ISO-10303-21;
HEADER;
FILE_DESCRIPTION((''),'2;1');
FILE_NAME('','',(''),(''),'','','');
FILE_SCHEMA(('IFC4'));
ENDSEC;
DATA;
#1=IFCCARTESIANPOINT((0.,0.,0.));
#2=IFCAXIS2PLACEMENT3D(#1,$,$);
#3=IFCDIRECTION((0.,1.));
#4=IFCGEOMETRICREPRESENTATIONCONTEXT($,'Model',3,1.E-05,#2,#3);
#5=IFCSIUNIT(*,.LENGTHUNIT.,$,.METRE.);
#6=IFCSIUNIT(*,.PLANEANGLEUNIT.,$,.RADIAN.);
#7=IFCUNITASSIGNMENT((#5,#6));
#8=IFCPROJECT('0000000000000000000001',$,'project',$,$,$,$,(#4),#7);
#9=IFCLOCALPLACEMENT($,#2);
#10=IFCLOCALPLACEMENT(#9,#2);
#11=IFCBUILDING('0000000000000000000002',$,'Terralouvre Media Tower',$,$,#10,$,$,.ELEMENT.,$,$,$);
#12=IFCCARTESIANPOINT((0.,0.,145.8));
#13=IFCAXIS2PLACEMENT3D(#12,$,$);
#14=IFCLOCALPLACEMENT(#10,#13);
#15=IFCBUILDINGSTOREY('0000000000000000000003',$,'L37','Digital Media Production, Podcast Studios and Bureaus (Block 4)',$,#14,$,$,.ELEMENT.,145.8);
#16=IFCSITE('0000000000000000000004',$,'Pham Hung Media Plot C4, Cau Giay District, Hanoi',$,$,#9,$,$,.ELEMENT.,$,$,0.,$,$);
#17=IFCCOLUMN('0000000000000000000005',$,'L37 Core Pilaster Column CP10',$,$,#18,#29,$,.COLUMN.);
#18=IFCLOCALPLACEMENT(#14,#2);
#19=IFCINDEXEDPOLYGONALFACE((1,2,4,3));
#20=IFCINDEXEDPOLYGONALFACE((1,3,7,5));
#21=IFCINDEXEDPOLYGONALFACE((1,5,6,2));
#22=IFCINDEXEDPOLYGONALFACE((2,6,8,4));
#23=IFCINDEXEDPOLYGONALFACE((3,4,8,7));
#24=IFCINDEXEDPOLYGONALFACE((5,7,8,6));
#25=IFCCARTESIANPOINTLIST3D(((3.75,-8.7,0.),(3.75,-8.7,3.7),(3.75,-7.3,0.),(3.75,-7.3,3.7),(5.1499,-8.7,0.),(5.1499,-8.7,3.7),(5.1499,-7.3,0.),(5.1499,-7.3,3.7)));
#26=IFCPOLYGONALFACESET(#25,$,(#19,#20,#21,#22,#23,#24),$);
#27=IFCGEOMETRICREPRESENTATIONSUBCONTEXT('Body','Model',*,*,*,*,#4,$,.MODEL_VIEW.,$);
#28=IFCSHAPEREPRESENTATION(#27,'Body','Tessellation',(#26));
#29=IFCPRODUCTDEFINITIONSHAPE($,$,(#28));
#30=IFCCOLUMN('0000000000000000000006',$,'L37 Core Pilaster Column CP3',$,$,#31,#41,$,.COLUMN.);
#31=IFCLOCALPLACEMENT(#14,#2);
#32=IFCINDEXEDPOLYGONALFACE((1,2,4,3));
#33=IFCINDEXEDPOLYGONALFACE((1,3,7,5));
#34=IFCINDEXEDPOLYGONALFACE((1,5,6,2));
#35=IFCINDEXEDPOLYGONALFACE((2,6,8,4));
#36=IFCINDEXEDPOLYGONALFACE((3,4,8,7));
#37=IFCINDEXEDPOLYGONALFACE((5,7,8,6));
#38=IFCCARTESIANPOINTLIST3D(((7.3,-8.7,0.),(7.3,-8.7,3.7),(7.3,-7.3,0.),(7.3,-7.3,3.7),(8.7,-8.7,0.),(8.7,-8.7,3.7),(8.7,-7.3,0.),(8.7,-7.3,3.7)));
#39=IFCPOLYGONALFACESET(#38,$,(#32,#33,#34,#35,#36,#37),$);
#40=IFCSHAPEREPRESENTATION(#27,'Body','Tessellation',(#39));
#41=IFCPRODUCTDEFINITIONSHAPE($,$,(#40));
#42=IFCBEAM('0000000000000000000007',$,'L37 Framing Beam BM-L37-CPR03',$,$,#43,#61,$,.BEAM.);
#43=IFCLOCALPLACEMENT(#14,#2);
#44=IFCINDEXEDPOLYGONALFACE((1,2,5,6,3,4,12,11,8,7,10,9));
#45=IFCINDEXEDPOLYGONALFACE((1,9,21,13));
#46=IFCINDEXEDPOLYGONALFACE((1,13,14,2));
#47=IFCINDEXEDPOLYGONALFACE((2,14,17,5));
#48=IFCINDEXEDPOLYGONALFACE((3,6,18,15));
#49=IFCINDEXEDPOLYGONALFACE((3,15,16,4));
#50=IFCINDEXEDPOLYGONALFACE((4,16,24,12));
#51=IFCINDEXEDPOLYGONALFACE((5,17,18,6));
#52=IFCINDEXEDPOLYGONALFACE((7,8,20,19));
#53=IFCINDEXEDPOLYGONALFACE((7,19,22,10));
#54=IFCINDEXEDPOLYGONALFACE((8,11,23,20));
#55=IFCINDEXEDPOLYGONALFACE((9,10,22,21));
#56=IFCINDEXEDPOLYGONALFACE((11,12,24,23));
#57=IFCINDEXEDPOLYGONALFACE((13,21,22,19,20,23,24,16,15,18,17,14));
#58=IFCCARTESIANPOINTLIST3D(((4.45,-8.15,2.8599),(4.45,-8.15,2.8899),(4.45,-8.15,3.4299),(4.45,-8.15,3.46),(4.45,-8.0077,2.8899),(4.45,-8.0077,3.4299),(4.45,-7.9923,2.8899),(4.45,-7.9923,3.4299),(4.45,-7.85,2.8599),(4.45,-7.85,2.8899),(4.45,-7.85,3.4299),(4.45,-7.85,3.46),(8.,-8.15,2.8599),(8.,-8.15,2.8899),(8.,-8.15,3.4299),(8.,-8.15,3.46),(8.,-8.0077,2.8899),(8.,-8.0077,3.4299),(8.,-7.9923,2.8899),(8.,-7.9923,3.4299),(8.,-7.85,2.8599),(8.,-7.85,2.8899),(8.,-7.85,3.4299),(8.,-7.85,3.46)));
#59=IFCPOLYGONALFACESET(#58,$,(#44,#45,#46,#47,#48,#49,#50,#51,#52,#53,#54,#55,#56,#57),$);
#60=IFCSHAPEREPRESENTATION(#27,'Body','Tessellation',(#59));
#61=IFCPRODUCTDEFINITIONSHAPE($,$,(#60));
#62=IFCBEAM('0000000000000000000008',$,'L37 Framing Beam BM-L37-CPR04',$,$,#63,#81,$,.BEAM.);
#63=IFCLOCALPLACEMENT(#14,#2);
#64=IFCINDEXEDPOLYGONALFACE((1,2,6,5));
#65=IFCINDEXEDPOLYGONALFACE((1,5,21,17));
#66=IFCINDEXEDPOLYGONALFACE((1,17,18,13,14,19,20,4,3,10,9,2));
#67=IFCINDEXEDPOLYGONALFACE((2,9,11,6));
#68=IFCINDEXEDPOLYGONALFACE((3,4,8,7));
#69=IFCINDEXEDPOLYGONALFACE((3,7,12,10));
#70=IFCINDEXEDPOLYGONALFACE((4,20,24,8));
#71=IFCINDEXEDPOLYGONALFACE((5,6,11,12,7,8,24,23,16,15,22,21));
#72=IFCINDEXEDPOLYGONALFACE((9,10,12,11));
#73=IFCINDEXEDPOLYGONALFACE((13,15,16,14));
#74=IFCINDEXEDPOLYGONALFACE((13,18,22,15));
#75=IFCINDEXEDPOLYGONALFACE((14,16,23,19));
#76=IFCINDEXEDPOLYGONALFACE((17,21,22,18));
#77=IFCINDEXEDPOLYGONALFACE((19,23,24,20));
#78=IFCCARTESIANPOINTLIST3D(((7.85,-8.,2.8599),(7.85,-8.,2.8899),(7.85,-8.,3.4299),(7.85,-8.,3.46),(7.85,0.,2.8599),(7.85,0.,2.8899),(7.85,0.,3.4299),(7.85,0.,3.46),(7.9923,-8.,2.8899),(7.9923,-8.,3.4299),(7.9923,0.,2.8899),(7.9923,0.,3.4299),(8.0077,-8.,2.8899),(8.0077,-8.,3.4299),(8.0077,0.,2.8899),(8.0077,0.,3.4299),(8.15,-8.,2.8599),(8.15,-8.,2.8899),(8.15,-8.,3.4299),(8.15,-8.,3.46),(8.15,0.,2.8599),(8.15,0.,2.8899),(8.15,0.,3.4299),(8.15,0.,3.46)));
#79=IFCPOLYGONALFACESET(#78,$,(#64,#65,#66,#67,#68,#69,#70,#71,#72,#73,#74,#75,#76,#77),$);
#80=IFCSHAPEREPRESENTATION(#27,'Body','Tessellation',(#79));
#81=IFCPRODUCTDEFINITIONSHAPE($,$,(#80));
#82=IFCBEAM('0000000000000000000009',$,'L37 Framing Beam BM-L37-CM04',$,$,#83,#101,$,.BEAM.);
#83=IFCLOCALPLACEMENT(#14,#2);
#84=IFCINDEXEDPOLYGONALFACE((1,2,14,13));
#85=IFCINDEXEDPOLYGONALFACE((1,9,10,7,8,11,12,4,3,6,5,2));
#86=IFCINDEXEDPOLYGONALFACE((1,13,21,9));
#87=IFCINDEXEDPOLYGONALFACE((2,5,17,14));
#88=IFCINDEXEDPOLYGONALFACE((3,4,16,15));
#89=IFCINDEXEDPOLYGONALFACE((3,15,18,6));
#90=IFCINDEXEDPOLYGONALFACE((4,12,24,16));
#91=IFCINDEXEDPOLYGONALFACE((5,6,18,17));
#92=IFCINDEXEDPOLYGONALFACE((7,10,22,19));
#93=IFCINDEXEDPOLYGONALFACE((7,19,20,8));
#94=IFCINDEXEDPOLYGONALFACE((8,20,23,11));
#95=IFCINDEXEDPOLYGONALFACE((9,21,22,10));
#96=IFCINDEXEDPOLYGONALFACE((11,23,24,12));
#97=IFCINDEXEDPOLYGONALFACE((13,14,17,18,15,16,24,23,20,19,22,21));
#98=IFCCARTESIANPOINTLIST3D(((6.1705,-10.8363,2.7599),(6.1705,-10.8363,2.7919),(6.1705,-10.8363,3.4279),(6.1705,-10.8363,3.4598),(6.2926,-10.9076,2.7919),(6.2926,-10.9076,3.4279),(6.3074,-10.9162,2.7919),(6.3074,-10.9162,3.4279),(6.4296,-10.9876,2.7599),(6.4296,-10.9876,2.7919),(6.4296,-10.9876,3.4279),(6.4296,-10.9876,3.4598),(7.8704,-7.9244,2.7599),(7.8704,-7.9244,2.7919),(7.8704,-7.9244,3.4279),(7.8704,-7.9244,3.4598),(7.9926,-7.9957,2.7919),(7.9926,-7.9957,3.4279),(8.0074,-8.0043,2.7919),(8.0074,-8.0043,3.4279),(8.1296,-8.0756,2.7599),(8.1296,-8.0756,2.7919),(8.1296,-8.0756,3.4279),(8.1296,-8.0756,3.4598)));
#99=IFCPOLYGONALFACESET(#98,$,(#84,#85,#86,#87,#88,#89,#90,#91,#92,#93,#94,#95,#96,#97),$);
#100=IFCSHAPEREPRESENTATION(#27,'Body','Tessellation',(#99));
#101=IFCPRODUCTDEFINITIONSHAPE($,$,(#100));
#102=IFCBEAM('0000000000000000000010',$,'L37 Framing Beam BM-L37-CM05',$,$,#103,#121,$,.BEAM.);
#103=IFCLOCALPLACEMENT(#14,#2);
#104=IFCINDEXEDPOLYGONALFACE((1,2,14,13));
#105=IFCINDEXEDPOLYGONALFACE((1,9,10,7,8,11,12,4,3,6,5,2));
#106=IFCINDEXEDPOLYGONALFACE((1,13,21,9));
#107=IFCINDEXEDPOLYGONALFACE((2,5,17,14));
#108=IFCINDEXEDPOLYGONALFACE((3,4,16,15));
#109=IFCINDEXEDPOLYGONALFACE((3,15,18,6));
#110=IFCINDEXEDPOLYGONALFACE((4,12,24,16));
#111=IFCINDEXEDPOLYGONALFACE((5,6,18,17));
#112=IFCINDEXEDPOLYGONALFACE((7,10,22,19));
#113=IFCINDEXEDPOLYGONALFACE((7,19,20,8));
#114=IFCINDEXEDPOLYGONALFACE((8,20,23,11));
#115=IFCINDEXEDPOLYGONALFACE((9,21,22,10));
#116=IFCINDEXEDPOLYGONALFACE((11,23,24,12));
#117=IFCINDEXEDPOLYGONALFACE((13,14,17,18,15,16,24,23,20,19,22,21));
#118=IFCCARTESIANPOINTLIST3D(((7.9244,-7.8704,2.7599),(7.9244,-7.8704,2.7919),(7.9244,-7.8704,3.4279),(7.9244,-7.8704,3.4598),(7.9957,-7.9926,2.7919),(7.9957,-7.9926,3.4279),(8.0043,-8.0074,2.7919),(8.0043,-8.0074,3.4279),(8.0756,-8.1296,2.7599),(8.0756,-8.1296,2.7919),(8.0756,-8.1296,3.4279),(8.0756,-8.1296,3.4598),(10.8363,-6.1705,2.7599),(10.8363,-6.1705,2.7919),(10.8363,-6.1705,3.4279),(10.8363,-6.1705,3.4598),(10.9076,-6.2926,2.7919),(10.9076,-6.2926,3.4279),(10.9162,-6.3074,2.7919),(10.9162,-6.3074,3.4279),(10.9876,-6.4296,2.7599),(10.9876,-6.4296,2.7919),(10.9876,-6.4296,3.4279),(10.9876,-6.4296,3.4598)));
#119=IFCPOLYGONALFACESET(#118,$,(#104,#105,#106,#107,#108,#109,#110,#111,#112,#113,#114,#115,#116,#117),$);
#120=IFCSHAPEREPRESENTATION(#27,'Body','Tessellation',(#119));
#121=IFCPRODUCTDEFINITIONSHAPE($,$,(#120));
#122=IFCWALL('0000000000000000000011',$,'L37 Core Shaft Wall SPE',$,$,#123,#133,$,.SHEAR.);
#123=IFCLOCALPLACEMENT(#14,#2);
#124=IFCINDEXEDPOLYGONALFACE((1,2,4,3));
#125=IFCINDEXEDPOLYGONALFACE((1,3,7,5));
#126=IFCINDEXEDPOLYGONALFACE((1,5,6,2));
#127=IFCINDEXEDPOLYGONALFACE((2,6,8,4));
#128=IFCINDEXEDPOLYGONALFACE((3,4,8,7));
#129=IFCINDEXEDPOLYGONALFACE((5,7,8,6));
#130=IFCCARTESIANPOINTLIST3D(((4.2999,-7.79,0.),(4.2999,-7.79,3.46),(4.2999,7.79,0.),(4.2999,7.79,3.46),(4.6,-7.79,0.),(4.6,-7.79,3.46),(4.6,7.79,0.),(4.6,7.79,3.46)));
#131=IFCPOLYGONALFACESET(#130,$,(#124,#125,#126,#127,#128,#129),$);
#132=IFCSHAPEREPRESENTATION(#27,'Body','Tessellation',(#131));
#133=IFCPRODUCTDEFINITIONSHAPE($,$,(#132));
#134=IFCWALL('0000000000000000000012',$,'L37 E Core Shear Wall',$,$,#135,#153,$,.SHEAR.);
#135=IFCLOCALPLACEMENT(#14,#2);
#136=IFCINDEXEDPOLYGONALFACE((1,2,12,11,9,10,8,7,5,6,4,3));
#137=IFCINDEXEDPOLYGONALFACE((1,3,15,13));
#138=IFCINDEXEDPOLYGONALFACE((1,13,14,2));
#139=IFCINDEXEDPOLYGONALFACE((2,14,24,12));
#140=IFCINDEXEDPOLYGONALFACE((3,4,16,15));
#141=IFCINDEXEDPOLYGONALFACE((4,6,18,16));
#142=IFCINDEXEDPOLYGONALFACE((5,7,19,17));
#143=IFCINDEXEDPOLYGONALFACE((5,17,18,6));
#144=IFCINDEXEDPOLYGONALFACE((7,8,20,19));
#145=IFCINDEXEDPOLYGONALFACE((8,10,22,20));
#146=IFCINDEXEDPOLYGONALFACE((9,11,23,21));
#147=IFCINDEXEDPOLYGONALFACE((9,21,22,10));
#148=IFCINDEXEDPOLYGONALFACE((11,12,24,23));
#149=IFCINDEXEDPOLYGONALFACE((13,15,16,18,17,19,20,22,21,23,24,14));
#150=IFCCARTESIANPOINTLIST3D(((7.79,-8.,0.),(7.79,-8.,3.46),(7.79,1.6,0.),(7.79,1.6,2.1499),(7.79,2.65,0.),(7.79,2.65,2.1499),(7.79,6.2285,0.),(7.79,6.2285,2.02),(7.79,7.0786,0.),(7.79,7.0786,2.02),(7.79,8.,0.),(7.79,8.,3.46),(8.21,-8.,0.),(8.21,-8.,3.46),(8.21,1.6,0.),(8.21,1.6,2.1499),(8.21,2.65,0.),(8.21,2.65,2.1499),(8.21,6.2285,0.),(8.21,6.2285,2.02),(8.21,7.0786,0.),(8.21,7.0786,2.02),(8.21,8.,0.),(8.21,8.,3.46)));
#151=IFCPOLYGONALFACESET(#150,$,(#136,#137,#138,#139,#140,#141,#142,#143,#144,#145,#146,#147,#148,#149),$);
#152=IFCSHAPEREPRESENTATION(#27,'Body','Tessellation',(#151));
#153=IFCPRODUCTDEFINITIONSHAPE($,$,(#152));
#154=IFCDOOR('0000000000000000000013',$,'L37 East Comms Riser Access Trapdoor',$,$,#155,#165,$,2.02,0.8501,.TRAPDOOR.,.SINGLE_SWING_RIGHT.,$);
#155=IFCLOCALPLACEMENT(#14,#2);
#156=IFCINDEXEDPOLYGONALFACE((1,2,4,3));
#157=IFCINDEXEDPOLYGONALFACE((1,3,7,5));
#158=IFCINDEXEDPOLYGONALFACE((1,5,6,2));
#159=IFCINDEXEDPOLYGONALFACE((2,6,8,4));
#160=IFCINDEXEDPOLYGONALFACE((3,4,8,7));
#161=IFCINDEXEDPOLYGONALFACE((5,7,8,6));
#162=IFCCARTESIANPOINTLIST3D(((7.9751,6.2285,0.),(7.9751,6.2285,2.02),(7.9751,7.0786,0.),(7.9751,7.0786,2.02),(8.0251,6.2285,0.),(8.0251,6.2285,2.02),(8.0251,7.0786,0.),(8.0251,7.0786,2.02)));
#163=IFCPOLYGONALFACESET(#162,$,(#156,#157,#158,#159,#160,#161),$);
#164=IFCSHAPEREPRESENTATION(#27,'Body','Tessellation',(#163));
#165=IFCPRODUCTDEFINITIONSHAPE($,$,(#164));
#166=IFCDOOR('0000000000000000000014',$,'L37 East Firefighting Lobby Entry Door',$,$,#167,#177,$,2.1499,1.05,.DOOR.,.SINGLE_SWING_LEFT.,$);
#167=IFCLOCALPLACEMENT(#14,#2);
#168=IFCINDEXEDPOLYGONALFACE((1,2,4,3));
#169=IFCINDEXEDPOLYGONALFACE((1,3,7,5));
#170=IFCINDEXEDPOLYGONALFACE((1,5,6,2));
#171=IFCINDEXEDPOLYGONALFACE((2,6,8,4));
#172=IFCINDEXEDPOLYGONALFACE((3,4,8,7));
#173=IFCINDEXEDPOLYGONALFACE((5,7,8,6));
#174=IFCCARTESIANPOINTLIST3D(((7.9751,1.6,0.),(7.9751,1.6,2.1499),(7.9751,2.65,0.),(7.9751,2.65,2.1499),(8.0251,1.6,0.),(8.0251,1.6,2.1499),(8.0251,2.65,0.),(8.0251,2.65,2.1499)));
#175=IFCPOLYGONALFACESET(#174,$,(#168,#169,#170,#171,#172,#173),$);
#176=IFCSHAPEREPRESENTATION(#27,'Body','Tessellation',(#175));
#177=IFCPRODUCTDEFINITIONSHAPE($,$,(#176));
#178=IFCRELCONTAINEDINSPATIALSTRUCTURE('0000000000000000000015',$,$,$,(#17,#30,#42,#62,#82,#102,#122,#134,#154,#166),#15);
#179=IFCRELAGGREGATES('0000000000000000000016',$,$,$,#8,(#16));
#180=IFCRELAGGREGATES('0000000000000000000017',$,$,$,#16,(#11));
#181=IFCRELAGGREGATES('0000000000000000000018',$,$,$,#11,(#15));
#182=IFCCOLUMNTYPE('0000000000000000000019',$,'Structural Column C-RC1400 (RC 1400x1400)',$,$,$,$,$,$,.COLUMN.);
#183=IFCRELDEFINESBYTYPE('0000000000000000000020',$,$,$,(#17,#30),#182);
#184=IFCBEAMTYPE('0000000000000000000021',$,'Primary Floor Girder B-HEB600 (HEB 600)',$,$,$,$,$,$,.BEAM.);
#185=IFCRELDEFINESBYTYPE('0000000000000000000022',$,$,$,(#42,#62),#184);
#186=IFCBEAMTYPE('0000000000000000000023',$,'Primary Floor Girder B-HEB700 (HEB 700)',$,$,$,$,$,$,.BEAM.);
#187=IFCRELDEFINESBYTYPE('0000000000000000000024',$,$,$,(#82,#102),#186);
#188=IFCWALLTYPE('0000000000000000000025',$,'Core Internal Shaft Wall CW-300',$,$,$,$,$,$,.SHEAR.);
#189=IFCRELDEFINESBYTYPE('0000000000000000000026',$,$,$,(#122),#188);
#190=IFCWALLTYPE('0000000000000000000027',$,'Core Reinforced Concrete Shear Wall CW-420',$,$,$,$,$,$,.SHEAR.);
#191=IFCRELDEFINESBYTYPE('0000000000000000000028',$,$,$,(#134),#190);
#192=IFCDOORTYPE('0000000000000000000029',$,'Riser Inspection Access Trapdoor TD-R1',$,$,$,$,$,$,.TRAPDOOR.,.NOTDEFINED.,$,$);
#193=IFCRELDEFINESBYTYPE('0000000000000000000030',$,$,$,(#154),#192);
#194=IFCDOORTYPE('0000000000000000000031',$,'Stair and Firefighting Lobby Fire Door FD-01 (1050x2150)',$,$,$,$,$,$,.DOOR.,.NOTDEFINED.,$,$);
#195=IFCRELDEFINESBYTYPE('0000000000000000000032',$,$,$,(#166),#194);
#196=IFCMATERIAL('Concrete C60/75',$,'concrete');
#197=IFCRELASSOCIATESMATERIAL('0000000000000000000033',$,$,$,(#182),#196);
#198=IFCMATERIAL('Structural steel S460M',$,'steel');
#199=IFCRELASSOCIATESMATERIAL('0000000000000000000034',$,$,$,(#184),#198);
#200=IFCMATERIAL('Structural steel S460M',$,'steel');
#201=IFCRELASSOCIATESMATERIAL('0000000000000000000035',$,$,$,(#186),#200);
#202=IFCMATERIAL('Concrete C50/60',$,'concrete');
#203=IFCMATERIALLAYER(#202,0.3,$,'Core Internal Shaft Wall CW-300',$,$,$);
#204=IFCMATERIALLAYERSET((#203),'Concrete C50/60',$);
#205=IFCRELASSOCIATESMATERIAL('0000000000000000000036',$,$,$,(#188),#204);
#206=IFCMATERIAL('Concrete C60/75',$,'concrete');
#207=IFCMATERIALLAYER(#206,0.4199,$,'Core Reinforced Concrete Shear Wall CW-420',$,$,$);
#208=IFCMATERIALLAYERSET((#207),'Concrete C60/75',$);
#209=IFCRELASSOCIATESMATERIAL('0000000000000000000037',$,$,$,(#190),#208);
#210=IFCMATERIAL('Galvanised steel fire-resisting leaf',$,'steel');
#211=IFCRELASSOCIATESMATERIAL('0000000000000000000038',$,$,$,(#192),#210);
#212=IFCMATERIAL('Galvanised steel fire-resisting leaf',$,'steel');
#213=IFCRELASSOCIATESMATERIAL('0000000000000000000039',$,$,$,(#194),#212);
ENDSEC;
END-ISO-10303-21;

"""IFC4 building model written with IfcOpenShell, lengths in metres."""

from ifc_helpers import new_model, si_unit, direction, frame, frame_2d, origin, origin_2d, place, context, subcontext, project, spatial, rectangle, i_section, extrude, material, layer, layer_set, material_profile, profile_set, type_object, element, fill, save


model = new_model("IFC4")

# Units and contexts
model_context = context("Model", 3, precision=1e-05, world=origin(), true_north=direction((0.0, 1.0)))
body_context = subcontext(model_context, "Body", "Model", "MODEL_VIEW")
ifc_project = project(units=[si_unit("LENGTHUNIT", "METRE"), si_unit("PLANEANGLEUNIT", "RADIAN")], contexts=[model_context])

# Site, building, storey
site_placement = place(None, origin())
site = spatial("IfcSite", under=ifc_project, at=site_placement, Name="Pham Hung Media Plot C4, Cau Giay District, Hanoi", CompositionType="ELEMENT", RefElevation=0.0)
building_placement = place(site_placement, origin())
building = spatial("IfcBuilding", under=site, at=building_placement, Name="Terralouvre Media Tower", CompositionType="ELEMENT")
storey_placement = place(building_placement, frame((0.0, 0.0, 145.8)))
storey = spatial("IfcBuildingStorey", under=building, at=storey_placement, Name="L37", Description="Digital Media Production, Podcast Studios and Bureaus (Block 4)", CompositionType="ELEMENT", Elevation=145.8)

# Columns
ifc_material_1 = material(Name="Concrete C60/75", Category="concrete")
ifc_material_profile_1 = material_profile(ifc_material_1, rectangle(XDim=1.3999, YDim=1.3999, at=origin_2d()), Name="RC 1400x1400")
ifc_profile_set_1 = profile_set([ifc_material_profile_1], Name="Concrete C60/75")
column_type = type_object("IfcColumnType", Name="Structural Column C-RC1400 (RC 1400x1400)", PredefinedType="COLUMN", material=ifc_profile_set_1)
for number, where, z_axis, x_axis, name in (
    (1, (4.45, -8.0, 0.0), (0.0, 0.0, 1.0), (1.0, 0.0, 0.0), "L37 Core Pilaster Column CP10"),
    (2, (8.0, -8.0, 0.0), (0.0, 0.0, 1.0), (1.0, 0.0, 0.0), "L37 Core Pilaster Column CP3"),
):
    element("IfcColumn", number, at=place(storey_placement, frame(where, z_axis=z_axis, x_axis=x_axis)), inside=storey, type_object=column_type, Name=name, PredefinedType="COLUMN", context=body_context, shape_type="SweptSolid", body=[
        extrude(rectangle(XDim=1.3999, YDim=1.3999, at=origin_2d()), origin(), (0.0, 0.0, 1.0), 3.7),
    ])

# Beams
ifc_material_2 = material(Name="Structural steel S460M", Category="steel")
ifc_material_profile_2 = material_profile(ifc_material_2, i_section(OverallWidth=0.3, OverallDepth=0.6001, WebThickness=0.0154, FlangeThickness=0.03, at=origin_2d()), Name="HEB 600")
ifc_profile_set_2 = profile_set([ifc_material_profile_2], Name="Structural steel S460M")
beam_type_1 = type_object("IfcBeamType", Name="Primary Floor Girder B-HEB600 (HEB 600)", PredefinedType="BEAM", material=ifc_profile_set_2)
beam_1_placement = place(storey_placement, frame((4.45, -8.0, 3.1599), z_axis=(1.0, 0.0, 0.0), x_axis=(0.0, 1.0, 0.0)))
element("IfcBeam", 3, at=beam_1_placement, inside=storey, type_object=beam_type_1, Name="L37 Framing Beam BM-L37-CPR03", PredefinedType="BEAM", context=body_context, shape_type="SweptSolid", body=[
    extrude(i_section(OverallWidth=0.3, OverallDepth=0.6001, WebThickness=0.0154, FlangeThickness=0.03, at=origin_2d()), origin(), (0.0, 0.0, 1.0), 3.55),
])
beam_2_placement = place(storey_placement, frame((8.0, -8.0, 3.1599), z_axis=(0.0, 1.0, 0.0), x_axis=(-1.0, 0.0, 0.0)))
element("IfcBeam", 4, at=beam_2_placement, inside=storey, type_object=beam_type_1, Name="L37 Framing Beam BM-L37-CPR04", PredefinedType="BEAM", context=body_context, shape_type="SweptSolid", body=[
    extrude(i_section(OverallWidth=0.3, OverallDepth=0.6001, WebThickness=0.0154, FlangeThickness=0.03, at=origin_2d()), origin(), (0.0, 0.0, 1.0), 8.0),
])
ifc_material_3 = material(Name="Structural steel S460M", Category="steel")
ifc_material_profile_3 = material_profile(ifc_material_3, i_section(OverallWidth=0.3, OverallDepth=0.7, WebThickness=0.0171, FlangeThickness=0.032, at=origin_2d()), Name="HEB 700")
ifc_profile_set_3 = profile_set([ifc_material_profile_3], Name="Structural steel S460M")
beam_type_2 = type_object("IfcBeamType", Name="Primary Floor Girder B-HEB700 (HEB 700)", PredefinedType="BEAM", material=ifc_profile_set_3)
for number, where, z_axis, x_axis, name in (
    (5, (8.0, -8.0, 3.1099), (-0.504173, -0.863603, 0.0), (0.863603, -0.504173, 0.0), "L37 Framing Beam BM-L37-CM04"),
    (6, (8.0, -8.0, 3.1099), (0.863603, 0.504173, 0.0), (-0.504173, 0.863603, 0.0), "L37 Framing Beam BM-L37-CM05"),
):
    element("IfcBeam", number, at=place(storey_placement, frame(where, z_axis=z_axis, x_axis=x_axis)), inside=storey, type_object=beam_type_2, Name=name, PredefinedType="BEAM", context=body_context, shape_type="SweptSolid", body=[
        extrude(i_section(OverallWidth=0.3, OverallDepth=0.7, WebThickness=0.0171, FlangeThickness=0.032, at=origin_2d()), origin(), (0.0, 0.0, 1.0), 3.3718),
    ])

# Wall
ifc_material_4 = material(Name="Concrete C50/60", Category="concrete")
ifc_layer_1 = layer(ifc_material_4, 0.3, Name="Core Internal Shaft Wall CW-300")
ifc_layer_set_1 = layer_set([ifc_layer_1], Name="Concrete C50/60")
wall_type_1 = type_object("IfcWallType", Name="Core Internal Shaft Wall CW-300", PredefinedType="SHEAR", material=ifc_layer_set_1)
wall_1_placement = place(storey_placement, frame((4.45, -7.79, 0.0), z_axis=(0.0, 0.0, 1.0), x_axis=(0.0, 1.0, 0.0)))
element("IfcWall", 7, at=wall_1_placement, inside=storey, type_object=wall_type_1, Name="L37 Core Shaft Wall SPE", PredefinedType="SHEAR", context=body_context, shape_type="SweptSolid", body=[
    extrude(rectangle(XDim=15.5801, YDim=0.3, at=frame_2d((7.79, 0.0))), origin(), (0.0, 0.0, 1.0), 3.46),
])

# Wall, openings, doors
ifc_material_5 = material(Name="Concrete C60/75", Category="concrete")
ifc_layer_2 = layer(ifc_material_5, 0.4199, Name="Core Reinforced Concrete Shear Wall CW-420")
ifc_layer_set_2 = layer_set([ifc_layer_2], Name="Concrete C60/75")
wall_type_2 = type_object("IfcWallType", Name="Core Reinforced Concrete Shear Wall CW-420", PredefinedType="SHEAR", material=ifc_layer_set_2)
wall_2_placement = place(storey_placement, frame((8.0, -8.0, 0.0), z_axis=(0.0, 0.0, 1.0), x_axis=(0.0, 1.0, 0.0)))
wall_2 = element("IfcWall", 8, at=wall_2_placement, inside=storey, type_object=wall_type_2, Name="L37 E Core Shear Wall", PredefinedType="SHEAR", context=body_context, shape_type="SweptSolid", body=[
    extrude(rectangle(XDim=16.0, YDim=0.4199, at=frame_2d((8.0, 0.0))), origin(), (0.0, 0.0, 1.0), 3.46),
])
opening_1_placement = place(wall_2_placement, frame((9.6001, 0.0, 0.0)))
opening_1 = element("IfcOpeningElement", 9, at=opening_1_placement, cuts=wall_2, PredefinedType="OPENING", context=body_context, shape_type="SweptSolid", body=[
    extrude(rectangle(XDim=1.05, YDim=2.1499, at=frame_2d((0.5249, 1.075))), frame((0.0, 0.22, 0.0), z_axis=(0.0, -1.0, 0.0), x_axis=(1.0, 0.0, 0.0)), (0.0, 0.0, 1.0), 0.4399),
])
opening_2_placement = place(wall_2_placement, frame((14.2285, 0.0, 0.0)))
opening_2 = element("IfcOpeningElement", 10, at=opening_2_placement, cuts=wall_2, PredefinedType="OPENING", context=body_context, shape_type="SweptSolid", body=[
    extrude(rectangle(XDim=0.8501, YDim=2.02, at=frame_2d((0.425, 1.01))), frame((0.0, 0.22, 0.0), z_axis=(0.0, -1.0, 0.0), x_axis=(1.0, 0.0, 0.0)), (0.0, 0.0, 1.0), 0.4399),
])
ifc_material_6 = material(Name="Galvanised steel fire-resisting leaf", Category="steel")
door_type_1 = type_object("IfcDoorType", Name="Riser Inspection Access Trapdoor TD-R1", OperationType="NOTDEFINED", PredefinedType="TRAPDOOR", material=ifc_material_6)
door_1_placement = place(opening_2_placement, origin())
door_1 = element("IfcDoor", 11, at=door_1_placement, inside=storey, type_object=door_type_1, Name="L37 East Comms Riser Access Trapdoor", OperationType="SINGLE_SWING_RIGHT", OverallHeight=2.02, OverallWidth=0.8501, PredefinedType="TRAPDOOR", context=body_context, shape_type="SweptSolid", body=[
    extrude(rectangle(XDim=0.8501, YDim=2.02, at=frame_2d((0.425, 1.01))), frame((0.0, 0.0249, 0.0), z_axis=(0.0, -1.0, 0.0), x_axis=(1.0, 0.0, 0.0)), (0.0, 0.0, 1.0), 0.05),
])
fill(opening_2, door_1)
ifc_material_7 = material(Name="Galvanised steel fire-resisting leaf", Category="steel")
door_type_2 = type_object("IfcDoorType", Name="Stair and Firefighting Lobby Fire Door FD-01 (1050x2150)", OperationType="NOTDEFINED", PredefinedType="DOOR", material=ifc_material_7)
door_2_placement = place(opening_1_placement, origin())
door_2 = element("IfcDoor", 12, at=door_2_placement, inside=storey, type_object=door_type_2, Name="L37 East Firefighting Lobby Entry Door", OperationType="SINGLE_SWING_LEFT", OverallHeight=2.1499, OverallWidth=1.05, PredefinedType="DOOR", context=body_context, shape_type="SweptSolid", body=[
    extrude(rectangle(XDim=1.05, YDim=2.1499, at=frame_2d((0.5249, 1.075))), frame((0.0, 0.0249, 0.0), z_axis=(0.0, -1.0, 0.0), x_axis=(1.0, 0.0, 0.0)), (0.0, 0.0, 1.0), 0.05),
])
fill(opening_1, door_2)

save(model, "model.ifc")
